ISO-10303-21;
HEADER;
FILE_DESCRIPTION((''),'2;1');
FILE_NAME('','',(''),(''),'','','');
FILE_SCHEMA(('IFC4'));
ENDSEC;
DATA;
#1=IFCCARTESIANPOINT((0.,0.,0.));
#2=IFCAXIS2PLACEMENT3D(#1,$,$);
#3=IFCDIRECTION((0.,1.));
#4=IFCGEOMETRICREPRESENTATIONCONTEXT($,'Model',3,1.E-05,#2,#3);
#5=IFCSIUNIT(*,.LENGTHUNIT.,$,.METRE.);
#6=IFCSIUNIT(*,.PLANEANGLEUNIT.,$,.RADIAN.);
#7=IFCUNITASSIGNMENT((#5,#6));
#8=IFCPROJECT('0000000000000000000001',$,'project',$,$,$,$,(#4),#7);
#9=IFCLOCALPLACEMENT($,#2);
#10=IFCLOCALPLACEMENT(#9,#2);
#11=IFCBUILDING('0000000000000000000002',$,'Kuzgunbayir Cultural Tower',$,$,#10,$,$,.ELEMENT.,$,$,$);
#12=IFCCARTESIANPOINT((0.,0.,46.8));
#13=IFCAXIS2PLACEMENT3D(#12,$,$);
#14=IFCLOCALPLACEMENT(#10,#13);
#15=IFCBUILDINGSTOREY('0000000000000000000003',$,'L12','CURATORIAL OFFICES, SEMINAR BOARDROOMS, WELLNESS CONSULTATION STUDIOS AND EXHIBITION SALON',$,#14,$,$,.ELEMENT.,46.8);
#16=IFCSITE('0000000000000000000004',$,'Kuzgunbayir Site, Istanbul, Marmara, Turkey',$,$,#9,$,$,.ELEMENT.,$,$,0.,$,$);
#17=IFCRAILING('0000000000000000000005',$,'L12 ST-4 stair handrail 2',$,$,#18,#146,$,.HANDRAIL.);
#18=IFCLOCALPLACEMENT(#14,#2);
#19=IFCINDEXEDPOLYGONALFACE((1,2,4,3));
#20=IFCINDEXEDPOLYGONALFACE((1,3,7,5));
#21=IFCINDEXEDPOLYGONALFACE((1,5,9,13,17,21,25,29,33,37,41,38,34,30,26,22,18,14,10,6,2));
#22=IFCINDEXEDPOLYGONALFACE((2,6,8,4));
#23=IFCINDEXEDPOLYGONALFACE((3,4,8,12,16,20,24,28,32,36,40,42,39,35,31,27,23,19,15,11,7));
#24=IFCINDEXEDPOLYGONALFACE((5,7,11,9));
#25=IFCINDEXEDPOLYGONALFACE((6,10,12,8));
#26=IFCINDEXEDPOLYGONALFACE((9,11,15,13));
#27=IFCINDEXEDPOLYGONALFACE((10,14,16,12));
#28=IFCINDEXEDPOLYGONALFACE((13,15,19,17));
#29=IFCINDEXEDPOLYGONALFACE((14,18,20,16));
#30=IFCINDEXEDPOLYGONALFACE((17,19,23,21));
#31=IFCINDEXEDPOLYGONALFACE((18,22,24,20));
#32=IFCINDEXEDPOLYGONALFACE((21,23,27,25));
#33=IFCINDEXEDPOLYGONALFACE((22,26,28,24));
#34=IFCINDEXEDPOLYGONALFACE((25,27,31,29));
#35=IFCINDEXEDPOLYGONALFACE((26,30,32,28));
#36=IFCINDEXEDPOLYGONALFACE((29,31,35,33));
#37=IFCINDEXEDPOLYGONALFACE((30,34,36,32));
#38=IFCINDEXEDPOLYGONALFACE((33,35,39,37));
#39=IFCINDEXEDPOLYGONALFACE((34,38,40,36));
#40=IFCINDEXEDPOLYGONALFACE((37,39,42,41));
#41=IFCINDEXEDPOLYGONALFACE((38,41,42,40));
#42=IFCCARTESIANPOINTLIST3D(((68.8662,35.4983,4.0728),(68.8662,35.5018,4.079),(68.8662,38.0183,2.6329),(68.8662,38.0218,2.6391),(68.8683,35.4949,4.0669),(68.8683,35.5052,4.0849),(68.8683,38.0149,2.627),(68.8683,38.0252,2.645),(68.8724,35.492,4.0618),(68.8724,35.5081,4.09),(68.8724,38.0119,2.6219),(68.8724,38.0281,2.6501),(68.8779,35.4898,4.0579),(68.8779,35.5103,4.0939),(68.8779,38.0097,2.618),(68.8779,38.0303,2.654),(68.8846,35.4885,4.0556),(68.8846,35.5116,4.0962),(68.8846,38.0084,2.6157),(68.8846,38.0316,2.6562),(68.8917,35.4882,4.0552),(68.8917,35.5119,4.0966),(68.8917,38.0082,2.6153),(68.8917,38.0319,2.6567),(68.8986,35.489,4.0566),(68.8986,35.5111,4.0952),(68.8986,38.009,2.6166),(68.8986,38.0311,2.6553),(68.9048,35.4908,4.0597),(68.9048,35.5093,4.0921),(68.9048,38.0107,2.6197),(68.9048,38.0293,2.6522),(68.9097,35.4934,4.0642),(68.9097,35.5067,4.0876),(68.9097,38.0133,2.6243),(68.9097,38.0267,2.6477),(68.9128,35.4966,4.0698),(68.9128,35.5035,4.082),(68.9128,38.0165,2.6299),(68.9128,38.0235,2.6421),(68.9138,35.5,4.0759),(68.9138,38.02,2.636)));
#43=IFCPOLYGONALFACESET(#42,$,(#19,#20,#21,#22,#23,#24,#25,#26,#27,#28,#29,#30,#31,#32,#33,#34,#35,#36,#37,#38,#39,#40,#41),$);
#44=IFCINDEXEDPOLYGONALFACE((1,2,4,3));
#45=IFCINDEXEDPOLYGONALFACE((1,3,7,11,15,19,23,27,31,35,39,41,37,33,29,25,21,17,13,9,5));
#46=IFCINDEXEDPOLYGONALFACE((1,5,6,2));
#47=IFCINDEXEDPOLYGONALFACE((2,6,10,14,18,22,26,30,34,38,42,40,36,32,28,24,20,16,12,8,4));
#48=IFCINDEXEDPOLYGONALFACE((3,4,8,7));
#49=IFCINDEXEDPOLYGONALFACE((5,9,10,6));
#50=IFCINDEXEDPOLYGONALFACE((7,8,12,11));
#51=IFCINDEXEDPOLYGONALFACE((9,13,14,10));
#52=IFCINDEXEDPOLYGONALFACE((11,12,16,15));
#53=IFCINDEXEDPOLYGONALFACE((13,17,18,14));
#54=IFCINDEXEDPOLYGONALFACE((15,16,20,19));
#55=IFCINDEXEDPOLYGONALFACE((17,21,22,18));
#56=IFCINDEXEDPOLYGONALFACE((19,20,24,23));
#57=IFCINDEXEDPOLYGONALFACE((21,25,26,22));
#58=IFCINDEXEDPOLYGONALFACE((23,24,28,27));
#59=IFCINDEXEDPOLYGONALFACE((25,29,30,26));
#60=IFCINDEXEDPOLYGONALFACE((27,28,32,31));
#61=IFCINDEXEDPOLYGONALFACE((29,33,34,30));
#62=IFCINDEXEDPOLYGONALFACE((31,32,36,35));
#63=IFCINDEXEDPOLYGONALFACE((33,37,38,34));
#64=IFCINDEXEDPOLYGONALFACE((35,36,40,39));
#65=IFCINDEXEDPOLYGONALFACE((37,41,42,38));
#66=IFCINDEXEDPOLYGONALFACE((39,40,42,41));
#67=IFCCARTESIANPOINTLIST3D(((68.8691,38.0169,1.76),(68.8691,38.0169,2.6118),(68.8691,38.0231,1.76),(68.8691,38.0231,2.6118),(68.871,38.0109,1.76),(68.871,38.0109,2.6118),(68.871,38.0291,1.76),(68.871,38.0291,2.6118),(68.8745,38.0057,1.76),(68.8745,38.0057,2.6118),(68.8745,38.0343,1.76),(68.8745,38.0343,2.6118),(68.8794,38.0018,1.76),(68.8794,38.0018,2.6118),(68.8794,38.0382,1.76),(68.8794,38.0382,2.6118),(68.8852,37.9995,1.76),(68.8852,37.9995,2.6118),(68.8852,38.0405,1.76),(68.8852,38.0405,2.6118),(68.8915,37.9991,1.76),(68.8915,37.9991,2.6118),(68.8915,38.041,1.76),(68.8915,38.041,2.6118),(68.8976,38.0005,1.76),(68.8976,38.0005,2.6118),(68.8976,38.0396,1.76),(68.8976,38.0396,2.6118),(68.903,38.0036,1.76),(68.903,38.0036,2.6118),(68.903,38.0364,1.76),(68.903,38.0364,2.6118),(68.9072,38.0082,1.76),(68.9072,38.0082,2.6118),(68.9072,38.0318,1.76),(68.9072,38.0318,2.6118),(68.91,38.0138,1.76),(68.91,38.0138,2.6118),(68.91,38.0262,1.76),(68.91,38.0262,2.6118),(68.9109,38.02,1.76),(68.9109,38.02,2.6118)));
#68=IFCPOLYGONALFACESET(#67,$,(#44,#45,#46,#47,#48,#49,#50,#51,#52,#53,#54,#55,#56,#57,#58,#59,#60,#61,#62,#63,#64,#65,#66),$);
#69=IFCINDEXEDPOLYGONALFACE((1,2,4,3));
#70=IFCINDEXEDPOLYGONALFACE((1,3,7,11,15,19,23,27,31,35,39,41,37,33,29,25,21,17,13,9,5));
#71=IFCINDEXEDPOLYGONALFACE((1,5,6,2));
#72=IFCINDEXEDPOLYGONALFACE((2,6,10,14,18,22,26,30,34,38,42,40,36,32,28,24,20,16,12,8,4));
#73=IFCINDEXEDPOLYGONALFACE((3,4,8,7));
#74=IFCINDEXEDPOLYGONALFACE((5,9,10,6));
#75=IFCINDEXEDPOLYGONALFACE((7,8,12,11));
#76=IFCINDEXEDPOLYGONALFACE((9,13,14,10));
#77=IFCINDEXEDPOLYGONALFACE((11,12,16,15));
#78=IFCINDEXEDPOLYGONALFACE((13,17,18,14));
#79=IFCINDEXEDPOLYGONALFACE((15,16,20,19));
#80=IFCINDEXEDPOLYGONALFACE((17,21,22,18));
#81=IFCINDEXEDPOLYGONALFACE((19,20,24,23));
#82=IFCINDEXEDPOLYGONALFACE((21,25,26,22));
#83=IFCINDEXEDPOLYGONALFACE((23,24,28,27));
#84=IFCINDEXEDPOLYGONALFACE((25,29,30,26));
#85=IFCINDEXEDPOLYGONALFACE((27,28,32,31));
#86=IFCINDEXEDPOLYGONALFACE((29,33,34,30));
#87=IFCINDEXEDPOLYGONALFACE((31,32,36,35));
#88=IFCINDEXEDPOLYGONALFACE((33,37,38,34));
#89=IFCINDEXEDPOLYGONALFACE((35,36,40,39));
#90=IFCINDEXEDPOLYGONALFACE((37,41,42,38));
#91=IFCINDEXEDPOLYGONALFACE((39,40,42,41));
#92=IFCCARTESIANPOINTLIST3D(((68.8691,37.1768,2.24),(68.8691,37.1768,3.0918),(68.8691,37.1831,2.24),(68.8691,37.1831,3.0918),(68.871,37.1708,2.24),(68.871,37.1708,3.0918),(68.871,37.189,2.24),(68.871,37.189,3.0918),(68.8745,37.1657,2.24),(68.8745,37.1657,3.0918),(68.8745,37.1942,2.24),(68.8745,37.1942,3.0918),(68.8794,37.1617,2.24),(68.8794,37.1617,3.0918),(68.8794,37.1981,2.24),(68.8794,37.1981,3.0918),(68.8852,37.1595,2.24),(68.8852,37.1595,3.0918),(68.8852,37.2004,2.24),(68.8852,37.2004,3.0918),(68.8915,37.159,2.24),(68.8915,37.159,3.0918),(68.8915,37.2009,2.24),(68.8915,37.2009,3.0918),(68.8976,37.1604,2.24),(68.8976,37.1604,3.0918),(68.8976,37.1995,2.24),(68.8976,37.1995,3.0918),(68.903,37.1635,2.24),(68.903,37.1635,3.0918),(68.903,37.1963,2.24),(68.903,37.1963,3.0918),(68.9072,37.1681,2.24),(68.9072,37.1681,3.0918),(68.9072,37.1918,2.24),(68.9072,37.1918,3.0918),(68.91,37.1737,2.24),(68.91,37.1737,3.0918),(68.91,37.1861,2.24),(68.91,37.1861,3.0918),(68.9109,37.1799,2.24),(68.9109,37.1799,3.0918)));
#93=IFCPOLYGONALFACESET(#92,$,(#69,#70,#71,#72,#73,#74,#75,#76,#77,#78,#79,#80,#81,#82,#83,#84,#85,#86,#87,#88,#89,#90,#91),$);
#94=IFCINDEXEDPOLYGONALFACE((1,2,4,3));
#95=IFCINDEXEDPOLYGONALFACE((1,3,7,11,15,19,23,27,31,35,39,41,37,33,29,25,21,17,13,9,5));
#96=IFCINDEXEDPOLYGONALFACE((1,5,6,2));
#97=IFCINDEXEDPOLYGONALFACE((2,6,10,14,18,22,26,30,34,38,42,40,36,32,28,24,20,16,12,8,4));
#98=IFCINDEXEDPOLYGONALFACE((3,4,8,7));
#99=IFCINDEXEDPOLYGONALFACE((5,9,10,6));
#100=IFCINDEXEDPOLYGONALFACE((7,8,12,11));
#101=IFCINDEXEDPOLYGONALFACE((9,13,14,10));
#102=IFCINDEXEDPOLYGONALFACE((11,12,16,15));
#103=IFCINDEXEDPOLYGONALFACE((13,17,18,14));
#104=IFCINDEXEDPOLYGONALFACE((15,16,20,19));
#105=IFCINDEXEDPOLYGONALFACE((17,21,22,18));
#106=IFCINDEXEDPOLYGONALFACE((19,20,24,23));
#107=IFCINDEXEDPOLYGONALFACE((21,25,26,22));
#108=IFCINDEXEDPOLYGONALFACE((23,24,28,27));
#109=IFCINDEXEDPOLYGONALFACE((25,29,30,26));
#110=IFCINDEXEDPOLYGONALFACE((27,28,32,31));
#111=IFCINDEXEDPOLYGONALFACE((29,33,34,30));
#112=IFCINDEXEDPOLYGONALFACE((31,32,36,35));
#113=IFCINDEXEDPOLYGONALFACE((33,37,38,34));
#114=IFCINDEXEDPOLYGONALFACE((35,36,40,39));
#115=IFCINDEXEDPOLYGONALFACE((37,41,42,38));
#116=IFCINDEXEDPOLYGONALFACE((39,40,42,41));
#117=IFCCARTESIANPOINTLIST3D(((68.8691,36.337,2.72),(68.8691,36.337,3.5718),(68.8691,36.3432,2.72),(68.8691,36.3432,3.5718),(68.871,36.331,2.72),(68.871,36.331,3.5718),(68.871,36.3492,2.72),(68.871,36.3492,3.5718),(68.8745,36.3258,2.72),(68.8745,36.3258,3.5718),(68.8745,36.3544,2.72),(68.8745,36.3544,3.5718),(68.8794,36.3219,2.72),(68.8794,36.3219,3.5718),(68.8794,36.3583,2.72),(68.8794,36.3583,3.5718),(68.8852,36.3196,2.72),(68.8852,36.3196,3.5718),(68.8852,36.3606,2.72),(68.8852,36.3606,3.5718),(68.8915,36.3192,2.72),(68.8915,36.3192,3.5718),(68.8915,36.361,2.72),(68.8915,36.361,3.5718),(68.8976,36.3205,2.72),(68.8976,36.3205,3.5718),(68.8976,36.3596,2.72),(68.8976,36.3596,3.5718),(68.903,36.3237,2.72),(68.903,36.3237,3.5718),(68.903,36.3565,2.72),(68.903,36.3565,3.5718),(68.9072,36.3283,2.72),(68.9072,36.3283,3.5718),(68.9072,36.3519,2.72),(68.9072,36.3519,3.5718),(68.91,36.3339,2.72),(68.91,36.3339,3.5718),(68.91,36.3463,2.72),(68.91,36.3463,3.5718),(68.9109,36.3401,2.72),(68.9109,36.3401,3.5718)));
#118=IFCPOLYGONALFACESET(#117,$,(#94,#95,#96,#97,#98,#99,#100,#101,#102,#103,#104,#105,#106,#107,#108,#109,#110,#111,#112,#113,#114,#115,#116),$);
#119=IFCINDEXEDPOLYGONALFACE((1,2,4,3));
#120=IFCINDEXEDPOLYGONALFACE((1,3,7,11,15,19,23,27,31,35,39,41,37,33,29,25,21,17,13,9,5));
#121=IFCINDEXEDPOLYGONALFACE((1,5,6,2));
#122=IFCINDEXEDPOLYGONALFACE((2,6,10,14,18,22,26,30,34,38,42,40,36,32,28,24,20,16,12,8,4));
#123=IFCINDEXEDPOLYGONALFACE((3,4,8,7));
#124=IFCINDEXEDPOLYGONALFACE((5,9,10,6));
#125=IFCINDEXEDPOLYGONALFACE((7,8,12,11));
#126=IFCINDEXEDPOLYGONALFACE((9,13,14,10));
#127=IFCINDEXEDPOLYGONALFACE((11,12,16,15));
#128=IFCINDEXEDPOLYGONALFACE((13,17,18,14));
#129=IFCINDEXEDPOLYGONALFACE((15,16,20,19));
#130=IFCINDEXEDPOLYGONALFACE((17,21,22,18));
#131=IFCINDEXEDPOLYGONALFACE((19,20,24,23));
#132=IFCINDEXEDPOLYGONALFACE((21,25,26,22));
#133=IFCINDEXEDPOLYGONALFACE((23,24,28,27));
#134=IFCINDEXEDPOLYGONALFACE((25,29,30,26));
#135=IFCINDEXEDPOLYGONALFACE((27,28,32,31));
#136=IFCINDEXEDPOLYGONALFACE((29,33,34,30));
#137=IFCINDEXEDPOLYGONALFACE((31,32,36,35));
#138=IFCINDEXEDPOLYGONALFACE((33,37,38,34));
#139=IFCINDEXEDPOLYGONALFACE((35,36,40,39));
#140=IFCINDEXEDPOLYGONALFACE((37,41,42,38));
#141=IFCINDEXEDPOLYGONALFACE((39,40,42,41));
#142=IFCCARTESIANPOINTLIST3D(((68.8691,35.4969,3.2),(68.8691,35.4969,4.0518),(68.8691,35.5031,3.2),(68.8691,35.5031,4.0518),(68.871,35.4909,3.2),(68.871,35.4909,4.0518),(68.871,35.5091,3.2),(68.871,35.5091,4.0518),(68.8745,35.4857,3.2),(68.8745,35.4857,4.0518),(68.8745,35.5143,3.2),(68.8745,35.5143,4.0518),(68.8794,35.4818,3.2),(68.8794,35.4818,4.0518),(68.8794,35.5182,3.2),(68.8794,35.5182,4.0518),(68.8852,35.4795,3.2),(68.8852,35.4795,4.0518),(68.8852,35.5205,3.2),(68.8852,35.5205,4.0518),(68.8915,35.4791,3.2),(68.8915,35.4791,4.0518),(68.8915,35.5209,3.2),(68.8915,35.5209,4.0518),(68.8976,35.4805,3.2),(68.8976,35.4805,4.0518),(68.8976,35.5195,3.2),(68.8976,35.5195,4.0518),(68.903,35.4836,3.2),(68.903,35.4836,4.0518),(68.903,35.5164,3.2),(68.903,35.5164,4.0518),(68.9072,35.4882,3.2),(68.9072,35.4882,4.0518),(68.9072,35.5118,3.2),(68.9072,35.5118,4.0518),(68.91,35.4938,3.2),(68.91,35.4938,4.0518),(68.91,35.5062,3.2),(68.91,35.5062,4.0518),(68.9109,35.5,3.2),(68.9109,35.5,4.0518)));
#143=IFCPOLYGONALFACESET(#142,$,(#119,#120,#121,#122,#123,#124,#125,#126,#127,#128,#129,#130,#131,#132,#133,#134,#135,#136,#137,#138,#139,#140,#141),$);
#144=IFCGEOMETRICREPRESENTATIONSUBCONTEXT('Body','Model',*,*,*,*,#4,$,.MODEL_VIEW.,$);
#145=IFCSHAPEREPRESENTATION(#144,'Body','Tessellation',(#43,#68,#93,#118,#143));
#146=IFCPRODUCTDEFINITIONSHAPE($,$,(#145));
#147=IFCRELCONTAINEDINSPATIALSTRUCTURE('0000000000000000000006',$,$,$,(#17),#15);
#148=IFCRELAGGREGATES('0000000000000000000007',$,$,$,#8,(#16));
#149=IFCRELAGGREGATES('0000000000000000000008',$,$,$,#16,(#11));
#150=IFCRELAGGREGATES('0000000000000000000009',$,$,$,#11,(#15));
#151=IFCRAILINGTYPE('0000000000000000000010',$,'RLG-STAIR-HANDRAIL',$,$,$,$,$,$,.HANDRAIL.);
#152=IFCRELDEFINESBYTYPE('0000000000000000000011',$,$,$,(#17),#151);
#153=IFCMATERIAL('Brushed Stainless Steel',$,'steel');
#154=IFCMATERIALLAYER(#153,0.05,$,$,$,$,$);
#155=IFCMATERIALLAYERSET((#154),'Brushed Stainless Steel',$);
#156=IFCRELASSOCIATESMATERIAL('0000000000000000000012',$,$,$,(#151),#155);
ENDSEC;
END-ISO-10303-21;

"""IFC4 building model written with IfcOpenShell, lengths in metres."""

from ifc_helpers import new_model, si_unit, direction, frame, origin, origin_2d, place, context, subcontext, project, spatial, circle, extrude, material, layer, layer_set, type_object, element, save


model = new_model("IFC4")

# Units and contexts
model_context = context("Model", 3, precision=1e-05, world=origin(), true_north=direction((0.0, 1.0)))
body_context = subcontext(model_context, "Body", "Model", "MODEL_VIEW")
ifc_project = project(units=[si_unit("LENGTHUNIT", "METRE"), si_unit("PLANEANGLEUNIT", "RADIAN")], contexts=[model_context])

# Site, building, storey
site_placement = place(None, origin())
site = spatial("IfcSite", under=ifc_project, at=site_placement, Name="Kuzgunbayir Site, Istanbul, Marmara, Turkey", CompositionType="ELEMENT", RefElevation=0.0)
building_placement = place(site_placement, origin())
building = spatial("IfcBuilding", under=site, at=building_placement, Name="Kuzgunbayir Cultural Tower", CompositionType="ELEMENT")
storey_placement = place(building_placement, frame((0.0, 0.0, 46.8)))
storey = spatial("IfcBuildingStorey", under=building, at=storey_placement, Name="L12", Description="CURATORIAL OFFICES, SEMINAR BOARDROOMS, WELLNESS CONSULTATION STUDIOS AND EXHIBITION SALON", CompositionType="ELEMENT", Elevation=46.8)

# Shared definitions
ifc_material_1 = material(Name="Brushed Stainless Steel", Category="steel")

# Railing
ifc_layer_1 = layer(ifc_material_1, 0.05)
ifc_layer_set_1 = layer_set([ifc_layer_1], Name="Brushed Stainless Steel")
railing_type_1 = type_object("IfcRailingType", Name="RLG-STAIR-HANDRAIL", PredefinedType="HANDRAIL", material=ifc_layer_set_1)
railing_1_placement = place(storey_placement, frame((68.8899, 38.02, 1.76)))
element("IfcRailing", 1, at=railing_1_placement, inside=storey, type_object=railing_type_1, Name="L12 ST-4 stair handrail 2", PredefinedType="HANDRAIL", context=body_context, shape_type="SweptSolid", body=[
    extrude(circle(Radius=0.0239, at=origin_2d()), frame((0.0, 0.0, 0.876), z_axis=(0.0, -0.868253, 0.496121), x_axis=(1.0, 0.0, 0.0)), (0.0, 0.0, 1.0), 2.9023),
    extrude(circle(Radius=0.021, at=origin_2d()), origin(), (0.0, 0.0, 1.0), 0.8518),
    extrude(circle(Radius=0.021, at=origin_2d()), frame((0.0, -0.8401, 0.48)), (0.0, 0.0, 1.0), 0.8518),
    extrude(circle(Radius=0.021, at=origin_2d()), frame((0.0, -1.6799, 0.96)), (0.0, 0.0, 1.0), 0.8518),
    extrude(circle(Radius=0.021, at=origin_2d()), frame((0.0, -2.52, 1.4399)), (0.0, 0.0, 1.0), 0.8518),
])

save(model, "model.ifc")
